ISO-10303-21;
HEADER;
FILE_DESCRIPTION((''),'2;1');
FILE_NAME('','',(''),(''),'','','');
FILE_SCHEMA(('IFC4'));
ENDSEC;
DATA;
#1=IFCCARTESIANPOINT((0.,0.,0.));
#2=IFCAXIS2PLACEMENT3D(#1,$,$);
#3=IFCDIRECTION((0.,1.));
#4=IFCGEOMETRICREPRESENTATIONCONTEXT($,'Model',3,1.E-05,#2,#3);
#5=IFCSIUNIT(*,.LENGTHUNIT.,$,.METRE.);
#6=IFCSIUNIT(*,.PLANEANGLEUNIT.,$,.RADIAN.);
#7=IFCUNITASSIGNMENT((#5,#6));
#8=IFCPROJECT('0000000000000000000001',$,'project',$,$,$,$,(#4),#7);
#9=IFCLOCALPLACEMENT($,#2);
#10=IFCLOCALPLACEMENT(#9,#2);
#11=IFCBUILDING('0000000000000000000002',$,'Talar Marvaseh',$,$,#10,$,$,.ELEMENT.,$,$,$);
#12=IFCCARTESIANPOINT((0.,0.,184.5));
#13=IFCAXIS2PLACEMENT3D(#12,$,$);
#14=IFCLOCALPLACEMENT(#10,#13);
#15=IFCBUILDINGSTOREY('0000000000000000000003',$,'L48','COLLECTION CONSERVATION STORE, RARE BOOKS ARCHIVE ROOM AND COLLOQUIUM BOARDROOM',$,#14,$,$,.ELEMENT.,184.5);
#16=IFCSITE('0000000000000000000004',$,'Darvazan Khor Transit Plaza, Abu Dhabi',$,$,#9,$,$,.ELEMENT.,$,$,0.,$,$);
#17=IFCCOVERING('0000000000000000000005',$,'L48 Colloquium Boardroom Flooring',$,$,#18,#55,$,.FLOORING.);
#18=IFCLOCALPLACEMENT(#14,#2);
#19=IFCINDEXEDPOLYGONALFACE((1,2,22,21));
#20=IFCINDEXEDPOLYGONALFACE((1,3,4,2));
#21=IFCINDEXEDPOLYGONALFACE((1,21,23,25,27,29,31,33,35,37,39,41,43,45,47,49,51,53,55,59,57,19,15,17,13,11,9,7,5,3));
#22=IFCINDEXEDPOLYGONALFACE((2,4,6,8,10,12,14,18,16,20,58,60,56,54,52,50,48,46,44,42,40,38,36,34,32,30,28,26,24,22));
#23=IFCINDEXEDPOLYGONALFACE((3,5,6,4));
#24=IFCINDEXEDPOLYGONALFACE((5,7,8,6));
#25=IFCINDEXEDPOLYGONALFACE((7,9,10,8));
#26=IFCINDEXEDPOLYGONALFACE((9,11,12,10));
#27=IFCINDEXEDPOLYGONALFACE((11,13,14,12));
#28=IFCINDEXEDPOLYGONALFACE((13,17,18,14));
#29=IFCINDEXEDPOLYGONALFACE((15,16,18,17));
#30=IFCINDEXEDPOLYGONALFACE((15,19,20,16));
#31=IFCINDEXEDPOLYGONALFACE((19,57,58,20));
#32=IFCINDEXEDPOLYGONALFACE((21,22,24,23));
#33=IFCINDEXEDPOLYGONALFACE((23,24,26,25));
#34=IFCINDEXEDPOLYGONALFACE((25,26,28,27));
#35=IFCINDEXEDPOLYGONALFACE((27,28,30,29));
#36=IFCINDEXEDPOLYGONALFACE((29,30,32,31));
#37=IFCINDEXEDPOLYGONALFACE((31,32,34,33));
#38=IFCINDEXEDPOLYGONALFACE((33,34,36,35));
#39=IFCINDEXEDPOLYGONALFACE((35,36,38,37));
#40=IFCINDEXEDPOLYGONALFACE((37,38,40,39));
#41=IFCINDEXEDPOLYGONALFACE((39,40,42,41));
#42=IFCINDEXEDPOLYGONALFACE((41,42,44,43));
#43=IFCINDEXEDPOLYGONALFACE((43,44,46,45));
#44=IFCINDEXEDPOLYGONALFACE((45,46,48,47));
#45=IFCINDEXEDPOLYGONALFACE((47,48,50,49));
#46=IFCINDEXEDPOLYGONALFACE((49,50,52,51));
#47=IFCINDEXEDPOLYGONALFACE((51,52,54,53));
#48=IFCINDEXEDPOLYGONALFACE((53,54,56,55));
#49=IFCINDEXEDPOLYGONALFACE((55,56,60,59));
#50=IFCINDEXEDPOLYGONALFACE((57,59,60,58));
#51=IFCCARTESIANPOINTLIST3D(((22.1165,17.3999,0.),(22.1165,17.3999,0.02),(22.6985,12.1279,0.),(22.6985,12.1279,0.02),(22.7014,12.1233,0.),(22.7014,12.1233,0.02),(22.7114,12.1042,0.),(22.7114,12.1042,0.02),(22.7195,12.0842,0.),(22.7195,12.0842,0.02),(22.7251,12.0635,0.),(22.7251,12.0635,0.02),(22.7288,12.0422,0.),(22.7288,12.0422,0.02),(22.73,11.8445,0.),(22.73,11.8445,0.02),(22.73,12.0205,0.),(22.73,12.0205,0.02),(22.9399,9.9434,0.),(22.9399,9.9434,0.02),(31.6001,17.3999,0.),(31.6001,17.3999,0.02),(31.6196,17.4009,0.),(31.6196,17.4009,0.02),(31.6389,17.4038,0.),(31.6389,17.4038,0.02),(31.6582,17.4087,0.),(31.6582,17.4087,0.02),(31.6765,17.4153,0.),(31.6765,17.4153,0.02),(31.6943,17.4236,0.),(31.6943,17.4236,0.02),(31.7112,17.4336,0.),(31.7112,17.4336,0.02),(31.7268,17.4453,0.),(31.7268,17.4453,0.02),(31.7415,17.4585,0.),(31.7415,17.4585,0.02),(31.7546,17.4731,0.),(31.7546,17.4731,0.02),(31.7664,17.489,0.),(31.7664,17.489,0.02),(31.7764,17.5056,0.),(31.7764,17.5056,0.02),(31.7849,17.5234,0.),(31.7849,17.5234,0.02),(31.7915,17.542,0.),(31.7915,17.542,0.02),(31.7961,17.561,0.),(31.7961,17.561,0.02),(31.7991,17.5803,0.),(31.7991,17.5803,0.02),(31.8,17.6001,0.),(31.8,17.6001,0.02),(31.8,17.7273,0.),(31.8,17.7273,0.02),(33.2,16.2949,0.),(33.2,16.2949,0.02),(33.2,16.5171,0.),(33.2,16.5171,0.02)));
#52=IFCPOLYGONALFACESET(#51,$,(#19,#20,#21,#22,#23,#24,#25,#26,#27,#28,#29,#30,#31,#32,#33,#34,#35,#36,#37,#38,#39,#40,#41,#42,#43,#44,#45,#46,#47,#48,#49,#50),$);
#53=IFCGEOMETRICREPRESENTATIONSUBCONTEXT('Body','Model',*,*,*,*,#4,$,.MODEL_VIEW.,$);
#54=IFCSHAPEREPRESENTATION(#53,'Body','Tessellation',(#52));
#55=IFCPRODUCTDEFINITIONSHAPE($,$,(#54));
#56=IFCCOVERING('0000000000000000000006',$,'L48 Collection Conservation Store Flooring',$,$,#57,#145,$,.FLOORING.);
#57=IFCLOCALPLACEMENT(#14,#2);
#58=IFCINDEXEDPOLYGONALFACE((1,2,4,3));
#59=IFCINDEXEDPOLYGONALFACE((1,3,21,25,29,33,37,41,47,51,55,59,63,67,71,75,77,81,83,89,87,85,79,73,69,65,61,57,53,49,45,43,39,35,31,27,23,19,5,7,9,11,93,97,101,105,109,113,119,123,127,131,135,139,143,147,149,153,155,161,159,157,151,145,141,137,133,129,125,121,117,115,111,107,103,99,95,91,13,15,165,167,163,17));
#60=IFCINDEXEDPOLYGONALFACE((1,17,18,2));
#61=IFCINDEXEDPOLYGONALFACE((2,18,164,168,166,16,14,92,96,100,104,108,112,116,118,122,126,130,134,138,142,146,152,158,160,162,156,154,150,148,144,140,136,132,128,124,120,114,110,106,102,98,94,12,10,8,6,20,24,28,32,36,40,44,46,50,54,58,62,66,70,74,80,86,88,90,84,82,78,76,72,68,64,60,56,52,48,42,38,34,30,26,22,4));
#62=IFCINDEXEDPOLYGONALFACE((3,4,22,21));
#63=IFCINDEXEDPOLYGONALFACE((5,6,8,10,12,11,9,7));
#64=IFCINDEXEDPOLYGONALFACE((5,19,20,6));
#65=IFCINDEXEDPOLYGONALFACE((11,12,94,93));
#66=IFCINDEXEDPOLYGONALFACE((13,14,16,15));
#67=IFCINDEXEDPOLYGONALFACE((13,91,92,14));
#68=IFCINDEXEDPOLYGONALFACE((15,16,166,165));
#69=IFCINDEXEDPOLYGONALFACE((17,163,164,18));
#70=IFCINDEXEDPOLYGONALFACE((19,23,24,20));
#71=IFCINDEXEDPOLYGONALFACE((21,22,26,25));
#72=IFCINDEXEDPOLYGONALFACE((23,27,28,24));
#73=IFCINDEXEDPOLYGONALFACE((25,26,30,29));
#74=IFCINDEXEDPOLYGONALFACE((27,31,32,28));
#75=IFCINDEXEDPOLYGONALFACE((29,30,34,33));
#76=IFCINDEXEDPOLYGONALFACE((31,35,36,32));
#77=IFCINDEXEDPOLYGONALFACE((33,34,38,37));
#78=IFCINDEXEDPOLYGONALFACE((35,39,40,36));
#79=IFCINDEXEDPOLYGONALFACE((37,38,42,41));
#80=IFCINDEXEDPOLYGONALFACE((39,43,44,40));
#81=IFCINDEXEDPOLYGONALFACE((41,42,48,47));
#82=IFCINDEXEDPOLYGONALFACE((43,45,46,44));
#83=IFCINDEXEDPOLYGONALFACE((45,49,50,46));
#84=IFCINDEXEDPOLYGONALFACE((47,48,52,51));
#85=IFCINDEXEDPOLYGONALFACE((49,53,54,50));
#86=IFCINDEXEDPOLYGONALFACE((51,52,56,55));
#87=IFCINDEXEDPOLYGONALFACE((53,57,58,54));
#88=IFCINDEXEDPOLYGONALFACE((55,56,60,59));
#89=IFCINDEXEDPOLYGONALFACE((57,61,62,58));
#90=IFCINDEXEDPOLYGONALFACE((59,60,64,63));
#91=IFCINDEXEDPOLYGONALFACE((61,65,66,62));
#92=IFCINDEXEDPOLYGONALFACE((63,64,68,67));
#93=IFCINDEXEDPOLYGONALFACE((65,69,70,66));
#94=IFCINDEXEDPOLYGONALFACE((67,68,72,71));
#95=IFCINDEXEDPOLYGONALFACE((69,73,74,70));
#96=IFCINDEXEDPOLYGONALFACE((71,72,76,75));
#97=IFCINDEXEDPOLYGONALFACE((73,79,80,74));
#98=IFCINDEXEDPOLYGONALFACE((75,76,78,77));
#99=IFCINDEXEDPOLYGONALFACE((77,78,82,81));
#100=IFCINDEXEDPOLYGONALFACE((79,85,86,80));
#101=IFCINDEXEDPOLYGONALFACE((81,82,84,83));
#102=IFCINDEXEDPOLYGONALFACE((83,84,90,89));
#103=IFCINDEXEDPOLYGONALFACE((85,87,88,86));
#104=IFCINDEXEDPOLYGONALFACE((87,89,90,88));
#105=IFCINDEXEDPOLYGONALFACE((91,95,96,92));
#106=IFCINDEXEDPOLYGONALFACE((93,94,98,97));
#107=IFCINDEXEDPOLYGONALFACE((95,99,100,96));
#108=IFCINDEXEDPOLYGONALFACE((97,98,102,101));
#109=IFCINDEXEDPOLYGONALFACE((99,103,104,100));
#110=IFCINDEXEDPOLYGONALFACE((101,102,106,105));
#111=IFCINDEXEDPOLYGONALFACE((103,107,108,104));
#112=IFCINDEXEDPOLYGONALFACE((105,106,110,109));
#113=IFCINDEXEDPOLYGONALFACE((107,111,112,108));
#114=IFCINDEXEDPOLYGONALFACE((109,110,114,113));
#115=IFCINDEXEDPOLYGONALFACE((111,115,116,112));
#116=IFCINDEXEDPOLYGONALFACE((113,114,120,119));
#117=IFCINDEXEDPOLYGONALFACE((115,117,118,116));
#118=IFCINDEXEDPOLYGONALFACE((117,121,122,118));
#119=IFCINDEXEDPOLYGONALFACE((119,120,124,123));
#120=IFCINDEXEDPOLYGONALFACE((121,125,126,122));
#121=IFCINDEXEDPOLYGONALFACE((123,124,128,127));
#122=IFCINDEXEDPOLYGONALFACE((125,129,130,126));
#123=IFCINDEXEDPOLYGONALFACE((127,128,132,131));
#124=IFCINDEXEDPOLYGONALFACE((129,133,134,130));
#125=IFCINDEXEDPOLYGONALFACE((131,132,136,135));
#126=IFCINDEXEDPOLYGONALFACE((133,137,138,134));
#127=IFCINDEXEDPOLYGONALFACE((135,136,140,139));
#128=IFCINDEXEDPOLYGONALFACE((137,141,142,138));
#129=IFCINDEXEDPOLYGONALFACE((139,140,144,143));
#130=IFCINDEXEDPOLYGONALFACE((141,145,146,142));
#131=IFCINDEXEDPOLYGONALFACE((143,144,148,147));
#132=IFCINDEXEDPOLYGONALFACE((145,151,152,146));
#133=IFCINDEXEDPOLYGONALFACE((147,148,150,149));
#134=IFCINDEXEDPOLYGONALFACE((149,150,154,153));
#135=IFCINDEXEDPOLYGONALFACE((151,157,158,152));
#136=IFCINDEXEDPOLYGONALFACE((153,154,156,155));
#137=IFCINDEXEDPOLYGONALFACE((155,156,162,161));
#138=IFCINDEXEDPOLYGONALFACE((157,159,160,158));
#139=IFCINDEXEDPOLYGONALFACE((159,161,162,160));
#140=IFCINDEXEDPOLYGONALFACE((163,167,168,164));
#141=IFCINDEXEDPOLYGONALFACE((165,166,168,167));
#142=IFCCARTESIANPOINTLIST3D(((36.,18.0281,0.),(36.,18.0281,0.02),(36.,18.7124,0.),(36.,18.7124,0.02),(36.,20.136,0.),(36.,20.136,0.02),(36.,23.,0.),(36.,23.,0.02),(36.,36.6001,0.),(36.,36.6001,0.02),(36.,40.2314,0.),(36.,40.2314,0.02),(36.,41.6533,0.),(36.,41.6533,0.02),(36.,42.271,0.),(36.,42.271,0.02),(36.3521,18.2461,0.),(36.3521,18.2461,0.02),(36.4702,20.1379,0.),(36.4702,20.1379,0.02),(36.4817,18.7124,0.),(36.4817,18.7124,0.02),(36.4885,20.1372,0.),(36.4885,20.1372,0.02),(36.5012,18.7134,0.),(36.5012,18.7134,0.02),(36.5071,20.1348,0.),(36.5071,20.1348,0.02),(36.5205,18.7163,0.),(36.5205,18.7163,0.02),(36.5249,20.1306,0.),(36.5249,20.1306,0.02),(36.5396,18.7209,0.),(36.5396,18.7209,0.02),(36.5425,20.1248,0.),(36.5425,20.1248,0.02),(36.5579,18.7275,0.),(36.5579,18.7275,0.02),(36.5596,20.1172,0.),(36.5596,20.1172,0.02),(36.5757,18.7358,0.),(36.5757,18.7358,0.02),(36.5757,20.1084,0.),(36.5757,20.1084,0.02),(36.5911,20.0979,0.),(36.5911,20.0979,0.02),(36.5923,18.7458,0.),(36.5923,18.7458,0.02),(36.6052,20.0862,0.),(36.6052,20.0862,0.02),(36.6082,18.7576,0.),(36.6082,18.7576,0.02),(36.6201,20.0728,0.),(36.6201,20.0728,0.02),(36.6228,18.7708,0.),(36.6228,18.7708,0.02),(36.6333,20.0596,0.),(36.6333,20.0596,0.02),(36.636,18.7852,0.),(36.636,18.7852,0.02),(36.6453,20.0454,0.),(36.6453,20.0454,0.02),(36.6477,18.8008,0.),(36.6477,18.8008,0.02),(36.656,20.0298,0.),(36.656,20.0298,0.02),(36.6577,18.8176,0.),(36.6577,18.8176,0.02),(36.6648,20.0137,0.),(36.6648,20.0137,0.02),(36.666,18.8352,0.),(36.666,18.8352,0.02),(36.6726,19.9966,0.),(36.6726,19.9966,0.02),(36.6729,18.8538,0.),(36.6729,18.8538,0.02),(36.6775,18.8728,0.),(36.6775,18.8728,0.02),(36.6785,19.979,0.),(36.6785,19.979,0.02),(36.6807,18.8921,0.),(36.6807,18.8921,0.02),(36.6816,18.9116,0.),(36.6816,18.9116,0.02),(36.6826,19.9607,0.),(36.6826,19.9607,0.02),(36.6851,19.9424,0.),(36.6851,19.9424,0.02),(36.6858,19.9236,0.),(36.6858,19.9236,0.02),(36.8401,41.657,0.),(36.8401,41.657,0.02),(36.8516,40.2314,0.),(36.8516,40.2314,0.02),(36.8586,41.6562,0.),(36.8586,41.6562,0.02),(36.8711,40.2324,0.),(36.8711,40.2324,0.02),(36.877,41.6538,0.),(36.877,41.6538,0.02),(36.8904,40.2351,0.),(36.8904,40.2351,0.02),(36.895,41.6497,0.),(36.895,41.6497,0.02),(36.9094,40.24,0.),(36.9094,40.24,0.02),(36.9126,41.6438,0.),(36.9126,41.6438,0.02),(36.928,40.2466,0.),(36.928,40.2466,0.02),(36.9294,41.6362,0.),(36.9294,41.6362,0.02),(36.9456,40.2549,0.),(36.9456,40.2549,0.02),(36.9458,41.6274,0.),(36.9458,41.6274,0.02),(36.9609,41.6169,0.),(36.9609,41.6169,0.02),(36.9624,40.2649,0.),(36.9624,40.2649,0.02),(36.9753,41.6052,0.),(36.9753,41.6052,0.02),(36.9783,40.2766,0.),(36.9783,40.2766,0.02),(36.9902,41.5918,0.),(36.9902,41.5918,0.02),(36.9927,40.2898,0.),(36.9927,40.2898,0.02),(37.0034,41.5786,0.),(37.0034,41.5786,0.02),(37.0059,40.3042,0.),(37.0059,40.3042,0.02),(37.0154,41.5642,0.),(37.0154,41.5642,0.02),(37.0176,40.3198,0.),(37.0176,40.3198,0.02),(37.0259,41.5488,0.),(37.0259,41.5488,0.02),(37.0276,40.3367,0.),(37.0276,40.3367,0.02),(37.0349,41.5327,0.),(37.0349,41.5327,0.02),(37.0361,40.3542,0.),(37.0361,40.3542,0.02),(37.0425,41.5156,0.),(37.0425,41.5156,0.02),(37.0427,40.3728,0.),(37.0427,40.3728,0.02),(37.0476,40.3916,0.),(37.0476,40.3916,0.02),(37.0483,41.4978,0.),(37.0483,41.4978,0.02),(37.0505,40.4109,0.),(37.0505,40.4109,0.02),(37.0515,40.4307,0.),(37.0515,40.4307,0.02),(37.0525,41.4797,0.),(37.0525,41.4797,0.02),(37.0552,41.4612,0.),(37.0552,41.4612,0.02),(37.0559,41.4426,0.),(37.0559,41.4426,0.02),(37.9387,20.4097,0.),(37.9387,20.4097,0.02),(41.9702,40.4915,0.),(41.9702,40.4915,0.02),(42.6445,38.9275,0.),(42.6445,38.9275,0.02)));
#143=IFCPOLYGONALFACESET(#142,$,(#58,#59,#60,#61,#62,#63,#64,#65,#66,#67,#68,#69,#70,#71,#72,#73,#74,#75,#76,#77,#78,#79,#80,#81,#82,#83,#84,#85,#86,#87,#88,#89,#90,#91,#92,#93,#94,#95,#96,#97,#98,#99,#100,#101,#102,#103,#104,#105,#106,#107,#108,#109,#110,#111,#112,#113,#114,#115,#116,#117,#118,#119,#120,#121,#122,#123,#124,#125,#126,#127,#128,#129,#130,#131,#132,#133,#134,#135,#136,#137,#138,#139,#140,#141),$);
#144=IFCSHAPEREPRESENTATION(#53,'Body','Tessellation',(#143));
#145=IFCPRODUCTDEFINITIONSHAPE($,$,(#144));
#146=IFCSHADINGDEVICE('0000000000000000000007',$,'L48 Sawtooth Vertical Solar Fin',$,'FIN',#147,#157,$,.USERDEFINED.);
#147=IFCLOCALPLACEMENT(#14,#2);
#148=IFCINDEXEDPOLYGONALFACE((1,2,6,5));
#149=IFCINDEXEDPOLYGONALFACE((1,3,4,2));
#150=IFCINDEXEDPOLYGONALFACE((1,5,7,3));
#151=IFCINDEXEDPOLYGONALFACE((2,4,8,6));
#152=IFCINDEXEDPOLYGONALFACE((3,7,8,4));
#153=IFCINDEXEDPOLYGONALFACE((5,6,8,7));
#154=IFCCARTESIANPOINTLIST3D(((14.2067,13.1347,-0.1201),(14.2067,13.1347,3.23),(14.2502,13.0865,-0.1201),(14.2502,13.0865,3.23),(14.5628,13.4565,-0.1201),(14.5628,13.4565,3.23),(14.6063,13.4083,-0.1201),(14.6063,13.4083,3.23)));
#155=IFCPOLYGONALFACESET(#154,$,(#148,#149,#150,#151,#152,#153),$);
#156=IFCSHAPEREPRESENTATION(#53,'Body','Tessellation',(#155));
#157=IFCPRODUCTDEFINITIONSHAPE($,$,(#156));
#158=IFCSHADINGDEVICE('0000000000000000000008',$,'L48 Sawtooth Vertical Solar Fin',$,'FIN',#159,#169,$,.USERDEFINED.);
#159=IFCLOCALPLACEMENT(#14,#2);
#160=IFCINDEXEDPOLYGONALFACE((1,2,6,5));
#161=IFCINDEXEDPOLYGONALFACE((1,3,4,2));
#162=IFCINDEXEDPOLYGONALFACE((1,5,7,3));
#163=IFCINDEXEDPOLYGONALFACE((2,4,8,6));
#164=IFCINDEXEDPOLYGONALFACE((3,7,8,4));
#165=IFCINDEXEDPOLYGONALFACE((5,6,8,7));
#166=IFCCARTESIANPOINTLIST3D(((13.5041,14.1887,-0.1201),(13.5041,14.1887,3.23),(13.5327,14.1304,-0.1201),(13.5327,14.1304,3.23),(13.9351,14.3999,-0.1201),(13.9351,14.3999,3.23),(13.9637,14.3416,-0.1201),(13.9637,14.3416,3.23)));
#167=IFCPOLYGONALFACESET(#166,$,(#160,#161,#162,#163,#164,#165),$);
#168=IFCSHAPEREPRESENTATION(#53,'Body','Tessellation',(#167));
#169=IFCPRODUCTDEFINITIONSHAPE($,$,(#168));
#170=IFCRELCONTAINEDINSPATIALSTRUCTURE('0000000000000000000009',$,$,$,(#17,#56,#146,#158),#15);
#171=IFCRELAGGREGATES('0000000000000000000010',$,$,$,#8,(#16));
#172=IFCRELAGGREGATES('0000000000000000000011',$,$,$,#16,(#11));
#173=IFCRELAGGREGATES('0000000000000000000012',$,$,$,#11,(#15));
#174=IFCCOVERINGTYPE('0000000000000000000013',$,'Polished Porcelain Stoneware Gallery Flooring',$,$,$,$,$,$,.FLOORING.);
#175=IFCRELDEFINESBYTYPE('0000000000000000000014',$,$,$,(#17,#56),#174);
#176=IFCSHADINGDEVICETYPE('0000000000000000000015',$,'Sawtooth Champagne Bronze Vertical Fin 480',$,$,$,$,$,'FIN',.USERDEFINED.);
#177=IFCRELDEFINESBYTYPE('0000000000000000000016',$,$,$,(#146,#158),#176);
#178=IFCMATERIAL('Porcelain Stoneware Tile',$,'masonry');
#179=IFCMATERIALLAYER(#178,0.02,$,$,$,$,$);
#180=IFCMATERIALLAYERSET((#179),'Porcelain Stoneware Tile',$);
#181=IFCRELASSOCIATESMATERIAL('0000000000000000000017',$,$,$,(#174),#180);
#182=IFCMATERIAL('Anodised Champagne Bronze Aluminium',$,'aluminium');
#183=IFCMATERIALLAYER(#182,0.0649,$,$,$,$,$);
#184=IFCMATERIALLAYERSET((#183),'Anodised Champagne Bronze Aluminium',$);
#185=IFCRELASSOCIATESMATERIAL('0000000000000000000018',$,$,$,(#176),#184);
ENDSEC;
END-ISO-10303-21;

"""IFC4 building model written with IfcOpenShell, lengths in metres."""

from ifc_helpers import new_model, si_unit, direction, frame, origin, origin_2d, place, context, subcontext, project, spatial, polyline, rectangle, outline, extrude, source, transform, mapped, material, layer, layer_set, type_object, type_shapes, element, save


model = new_model("IFC4")

# Units and contexts
model_context = context("Model", 3, precision=1e-05, world=origin(), true_north=direction((0.0, 1.0)))
body_context = subcontext(model_context, "Body", "Model", "MODEL_VIEW")
ifc_project = project(units=[si_unit("LENGTHUNIT", "METRE"), si_unit("PLANEANGLEUNIT", "RADIAN")], contexts=[model_context])

# Site, building, storey
site_placement = place(None, origin())
site = spatial("IfcSite", under=ifc_project, at=site_placement, Name="Darvazan Khor Transit Plaza, Abu Dhabi", CompositionType="ELEMENT", RefElevation=0.0)
building_placement = place(site_placement, origin())
building = spatial("IfcBuilding", under=site, at=building_placement, Name="Talar Marvaseh", CompositionType="ELEMENT")
storey_placement = place(building_placement, frame((0.0, 0.0, 184.5)))
storey = spatial("IfcBuildingStorey", under=building, at=storey_placement, Name="L48", Description="COLLECTION CONSERVATION STORE, RARE BOOKS ARCHIVE ROOM AND COLLOQUIUM BOARDROOM", CompositionType="ELEMENT", Elevation=184.5)

# Coverings
ifc_material_1 = material(Name="Porcelain Stoneware Tile", Category="masonry")
ifc_layer_1 = layer(ifc_material_1, 0.02)
ifc_layer_set_1 = layer_set([ifc_layer_1], Name="Porcelain Stoneware Tile")
covering_type_1 = type_object("IfcCoveringType", Name="Polished Porcelain Stoneware Gallery Flooring", PredefinedType="FLOORING", material=ifc_layer_set_1)
covering_1_placement = place(storey_placement, origin())
element("IfcCovering", 1, at=covering_1_placement, inside=storey, type_object=covering_type_1, Name="L48 Colloquium Boardroom Flooring", PredefinedType="FLOORING", context=body_context, shape_type="SweptSolid", body=[
    extrude(outline(polyline([(31.6001, 17.3999), (31.6196, 17.4009), (31.6389, 17.4038), (31.6582, 17.4087), (31.6765, 17.4153), (31.6943, 17.4236), (31.7112, 17.4336), (31.7268, 17.4453), (31.7415, 17.4585), (31.7546, 17.4731), (31.7664, 17.489), (31.7764, 17.5056), (31.7849, 17.5234), (31.7915, 17.542), (31.7961, 17.561), (31.7991, 17.5803), (31.8, 17.6001), (31.8, 17.7273), (33.2, 16.5171), (33.2, 16.2949), (22.9399, 9.9434), (22.73, 11.8445), (22.73, 12.0205), (22.7288, 12.0422), (22.7251, 12.0635), (22.7195, 12.0842), (22.7114, 12.1042), (22.7014, 12.1233), (22.6985, 12.1279), (22.1165, 17.3999), (31.6001, 17.3999)])), origin(), (0.0, 0.0, 1.0), 0.02),
])
covering_2_placement = place(storey_placement, origin())
element("IfcCovering", 2, at=covering_2_placement, inside=storey, type_object=covering_type_1, Name="L48 Collection Conservation Store Flooring", PredefinedType="FLOORING", context=body_context, shape_type="SweptSolid", body=[
    extrude(outline(polyline([(42.6445, 38.9275), (37.9387, 20.4097), (36.3521, 18.2461), (36.0, 18.0281), (36.0, 18.7124), (36.4817, 18.7124), (36.5012, 18.7134), (36.5205, 18.7163), (36.5396, 18.7209), (36.5579, 18.7275), (36.5757, 18.7358), (36.5923, 18.7458), (36.6082, 18.7576), (36.6228, 18.7708), (36.636, 18.7852), (36.6477, 18.8008), (36.6577, 18.8176), (36.666, 18.8352), (36.6729, 18.8538), (36.6775, 18.8728), (36.6807, 18.8921), (36.6816, 18.9116), (36.6858, 19.9236), (36.6851, 19.9424), (36.6826, 19.9607), (36.6785, 19.979), (36.6726, 19.9966), (36.6648, 20.0137), (36.656, 20.0298), (36.6453, 20.0454), (36.6333, 20.0596), (36.6201, 20.0728), (36.6052, 20.0862), (36.5911, 20.0979), (36.5757, 20.1084), (36.5596, 20.1172), (36.5425, 20.1248), (36.5249, 20.1306), (36.5071, 20.1348), (36.4885, 20.1372), (36.4702, 20.1379), (36.0, 20.136), (36.0, 23.0), (36.0, 36.6001), (36.0, 40.2314), (36.8516, 40.2314), (36.8711, 40.2324), (36.8904, 40.2351), (36.9094, 40.24), (36.928, 40.2466), (36.9456, 40.2549), (36.9624, 40.2649), (36.9783, 40.2766), (36.9927, 40.2898), (37.0059, 40.3042), (37.0176, 40.3198), (37.0276, 40.3367), (37.0361, 40.3542), (37.0427, 40.3728), (37.0476, 40.3916), (37.0505, 40.4109), (37.0515, 40.4307), (37.0559, 41.4426), (37.0552, 41.4612), (37.0525, 41.4797), (37.0483, 41.4978), (37.0425, 41.5156), (37.0349, 41.5327), (37.0259, 41.5488), (37.0154, 41.5642), (37.0034, 41.5786), (36.9902, 41.5918), (36.9753, 41.6052), (36.9609, 41.6169), (36.9458, 41.6274), (36.9294, 41.6362), (36.9126, 41.6438), (36.895, 41.6497), (36.877, 41.6538), (36.8586, 41.6562), (36.8401, 41.657), (36.0, 41.6533), (36.0, 42.271), (41.9702, 40.4915), (42.6445, 38.9275)])), origin(), (0.0, 0.0, 1.0), 0.02),
])

# Shading devices
ifc_material_2 = material(Name="Anodised Champagne Bronze Aluminium", Category="aluminium")
ifc_layer_2 = layer(ifc_material_2, 0.0649)
ifc_layer_set_2 = layer_set([ifc_layer_2], Name="Anodised Champagne Bronze Aluminium")
shading_device_type = type_object("IfcShadingDeviceType", Name="Sawtooth Champagne Bronze Vertical Fin 480", ElementType="FIN", PredefinedType="USERDEFINED", material=ifc_layer_set_2)
shared_shape_1 = source(origin(), body_context, "Body", "SweptSolid", [
    extrude(rectangle(XDim=0.48, YDim=0.0649, at=origin_2d()), origin(), (0.0, 0.0, 1.0), 3.3501),
])
type_shapes(shading_device_type, [shared_shape_1])
for number, where, z_axis, x_axis, name in (
    (3, (14.4065, 13.2715, -0.1201), (0.0, 0.0, 1.0), (-0.741976, -0.670427, 0.0), "L48 Sawtooth Vertical Solar Fin"),
    (4, (13.7339, 14.2651, -0.1201), (0.0, 0.0, 1.0), (-0.898028, -0.439939, 0.0), "L48 Sawtooth Vertical Solar Fin"),
):
    element("IfcShadingDevice", number, at=place(storey_placement, frame(where, z_axis=z_axis, x_axis=x_axis)), inside=storey, type_object=shading_device_type, Name=name, ObjectType="FIN", PredefinedType="USERDEFINED", context=body_context, shape_type="MappedRepresentation", body=[
        mapped(shared_shape_1, transform((0.0, 0.0, 0.0), x_axis=(1.0, 0.0, 0.0), y_axis=(0.0, 1.0, 0.0), z_axis=(0.0, 0.0, 1.0), scale=1.0)),
    ])

save(model, "model.ifc")
